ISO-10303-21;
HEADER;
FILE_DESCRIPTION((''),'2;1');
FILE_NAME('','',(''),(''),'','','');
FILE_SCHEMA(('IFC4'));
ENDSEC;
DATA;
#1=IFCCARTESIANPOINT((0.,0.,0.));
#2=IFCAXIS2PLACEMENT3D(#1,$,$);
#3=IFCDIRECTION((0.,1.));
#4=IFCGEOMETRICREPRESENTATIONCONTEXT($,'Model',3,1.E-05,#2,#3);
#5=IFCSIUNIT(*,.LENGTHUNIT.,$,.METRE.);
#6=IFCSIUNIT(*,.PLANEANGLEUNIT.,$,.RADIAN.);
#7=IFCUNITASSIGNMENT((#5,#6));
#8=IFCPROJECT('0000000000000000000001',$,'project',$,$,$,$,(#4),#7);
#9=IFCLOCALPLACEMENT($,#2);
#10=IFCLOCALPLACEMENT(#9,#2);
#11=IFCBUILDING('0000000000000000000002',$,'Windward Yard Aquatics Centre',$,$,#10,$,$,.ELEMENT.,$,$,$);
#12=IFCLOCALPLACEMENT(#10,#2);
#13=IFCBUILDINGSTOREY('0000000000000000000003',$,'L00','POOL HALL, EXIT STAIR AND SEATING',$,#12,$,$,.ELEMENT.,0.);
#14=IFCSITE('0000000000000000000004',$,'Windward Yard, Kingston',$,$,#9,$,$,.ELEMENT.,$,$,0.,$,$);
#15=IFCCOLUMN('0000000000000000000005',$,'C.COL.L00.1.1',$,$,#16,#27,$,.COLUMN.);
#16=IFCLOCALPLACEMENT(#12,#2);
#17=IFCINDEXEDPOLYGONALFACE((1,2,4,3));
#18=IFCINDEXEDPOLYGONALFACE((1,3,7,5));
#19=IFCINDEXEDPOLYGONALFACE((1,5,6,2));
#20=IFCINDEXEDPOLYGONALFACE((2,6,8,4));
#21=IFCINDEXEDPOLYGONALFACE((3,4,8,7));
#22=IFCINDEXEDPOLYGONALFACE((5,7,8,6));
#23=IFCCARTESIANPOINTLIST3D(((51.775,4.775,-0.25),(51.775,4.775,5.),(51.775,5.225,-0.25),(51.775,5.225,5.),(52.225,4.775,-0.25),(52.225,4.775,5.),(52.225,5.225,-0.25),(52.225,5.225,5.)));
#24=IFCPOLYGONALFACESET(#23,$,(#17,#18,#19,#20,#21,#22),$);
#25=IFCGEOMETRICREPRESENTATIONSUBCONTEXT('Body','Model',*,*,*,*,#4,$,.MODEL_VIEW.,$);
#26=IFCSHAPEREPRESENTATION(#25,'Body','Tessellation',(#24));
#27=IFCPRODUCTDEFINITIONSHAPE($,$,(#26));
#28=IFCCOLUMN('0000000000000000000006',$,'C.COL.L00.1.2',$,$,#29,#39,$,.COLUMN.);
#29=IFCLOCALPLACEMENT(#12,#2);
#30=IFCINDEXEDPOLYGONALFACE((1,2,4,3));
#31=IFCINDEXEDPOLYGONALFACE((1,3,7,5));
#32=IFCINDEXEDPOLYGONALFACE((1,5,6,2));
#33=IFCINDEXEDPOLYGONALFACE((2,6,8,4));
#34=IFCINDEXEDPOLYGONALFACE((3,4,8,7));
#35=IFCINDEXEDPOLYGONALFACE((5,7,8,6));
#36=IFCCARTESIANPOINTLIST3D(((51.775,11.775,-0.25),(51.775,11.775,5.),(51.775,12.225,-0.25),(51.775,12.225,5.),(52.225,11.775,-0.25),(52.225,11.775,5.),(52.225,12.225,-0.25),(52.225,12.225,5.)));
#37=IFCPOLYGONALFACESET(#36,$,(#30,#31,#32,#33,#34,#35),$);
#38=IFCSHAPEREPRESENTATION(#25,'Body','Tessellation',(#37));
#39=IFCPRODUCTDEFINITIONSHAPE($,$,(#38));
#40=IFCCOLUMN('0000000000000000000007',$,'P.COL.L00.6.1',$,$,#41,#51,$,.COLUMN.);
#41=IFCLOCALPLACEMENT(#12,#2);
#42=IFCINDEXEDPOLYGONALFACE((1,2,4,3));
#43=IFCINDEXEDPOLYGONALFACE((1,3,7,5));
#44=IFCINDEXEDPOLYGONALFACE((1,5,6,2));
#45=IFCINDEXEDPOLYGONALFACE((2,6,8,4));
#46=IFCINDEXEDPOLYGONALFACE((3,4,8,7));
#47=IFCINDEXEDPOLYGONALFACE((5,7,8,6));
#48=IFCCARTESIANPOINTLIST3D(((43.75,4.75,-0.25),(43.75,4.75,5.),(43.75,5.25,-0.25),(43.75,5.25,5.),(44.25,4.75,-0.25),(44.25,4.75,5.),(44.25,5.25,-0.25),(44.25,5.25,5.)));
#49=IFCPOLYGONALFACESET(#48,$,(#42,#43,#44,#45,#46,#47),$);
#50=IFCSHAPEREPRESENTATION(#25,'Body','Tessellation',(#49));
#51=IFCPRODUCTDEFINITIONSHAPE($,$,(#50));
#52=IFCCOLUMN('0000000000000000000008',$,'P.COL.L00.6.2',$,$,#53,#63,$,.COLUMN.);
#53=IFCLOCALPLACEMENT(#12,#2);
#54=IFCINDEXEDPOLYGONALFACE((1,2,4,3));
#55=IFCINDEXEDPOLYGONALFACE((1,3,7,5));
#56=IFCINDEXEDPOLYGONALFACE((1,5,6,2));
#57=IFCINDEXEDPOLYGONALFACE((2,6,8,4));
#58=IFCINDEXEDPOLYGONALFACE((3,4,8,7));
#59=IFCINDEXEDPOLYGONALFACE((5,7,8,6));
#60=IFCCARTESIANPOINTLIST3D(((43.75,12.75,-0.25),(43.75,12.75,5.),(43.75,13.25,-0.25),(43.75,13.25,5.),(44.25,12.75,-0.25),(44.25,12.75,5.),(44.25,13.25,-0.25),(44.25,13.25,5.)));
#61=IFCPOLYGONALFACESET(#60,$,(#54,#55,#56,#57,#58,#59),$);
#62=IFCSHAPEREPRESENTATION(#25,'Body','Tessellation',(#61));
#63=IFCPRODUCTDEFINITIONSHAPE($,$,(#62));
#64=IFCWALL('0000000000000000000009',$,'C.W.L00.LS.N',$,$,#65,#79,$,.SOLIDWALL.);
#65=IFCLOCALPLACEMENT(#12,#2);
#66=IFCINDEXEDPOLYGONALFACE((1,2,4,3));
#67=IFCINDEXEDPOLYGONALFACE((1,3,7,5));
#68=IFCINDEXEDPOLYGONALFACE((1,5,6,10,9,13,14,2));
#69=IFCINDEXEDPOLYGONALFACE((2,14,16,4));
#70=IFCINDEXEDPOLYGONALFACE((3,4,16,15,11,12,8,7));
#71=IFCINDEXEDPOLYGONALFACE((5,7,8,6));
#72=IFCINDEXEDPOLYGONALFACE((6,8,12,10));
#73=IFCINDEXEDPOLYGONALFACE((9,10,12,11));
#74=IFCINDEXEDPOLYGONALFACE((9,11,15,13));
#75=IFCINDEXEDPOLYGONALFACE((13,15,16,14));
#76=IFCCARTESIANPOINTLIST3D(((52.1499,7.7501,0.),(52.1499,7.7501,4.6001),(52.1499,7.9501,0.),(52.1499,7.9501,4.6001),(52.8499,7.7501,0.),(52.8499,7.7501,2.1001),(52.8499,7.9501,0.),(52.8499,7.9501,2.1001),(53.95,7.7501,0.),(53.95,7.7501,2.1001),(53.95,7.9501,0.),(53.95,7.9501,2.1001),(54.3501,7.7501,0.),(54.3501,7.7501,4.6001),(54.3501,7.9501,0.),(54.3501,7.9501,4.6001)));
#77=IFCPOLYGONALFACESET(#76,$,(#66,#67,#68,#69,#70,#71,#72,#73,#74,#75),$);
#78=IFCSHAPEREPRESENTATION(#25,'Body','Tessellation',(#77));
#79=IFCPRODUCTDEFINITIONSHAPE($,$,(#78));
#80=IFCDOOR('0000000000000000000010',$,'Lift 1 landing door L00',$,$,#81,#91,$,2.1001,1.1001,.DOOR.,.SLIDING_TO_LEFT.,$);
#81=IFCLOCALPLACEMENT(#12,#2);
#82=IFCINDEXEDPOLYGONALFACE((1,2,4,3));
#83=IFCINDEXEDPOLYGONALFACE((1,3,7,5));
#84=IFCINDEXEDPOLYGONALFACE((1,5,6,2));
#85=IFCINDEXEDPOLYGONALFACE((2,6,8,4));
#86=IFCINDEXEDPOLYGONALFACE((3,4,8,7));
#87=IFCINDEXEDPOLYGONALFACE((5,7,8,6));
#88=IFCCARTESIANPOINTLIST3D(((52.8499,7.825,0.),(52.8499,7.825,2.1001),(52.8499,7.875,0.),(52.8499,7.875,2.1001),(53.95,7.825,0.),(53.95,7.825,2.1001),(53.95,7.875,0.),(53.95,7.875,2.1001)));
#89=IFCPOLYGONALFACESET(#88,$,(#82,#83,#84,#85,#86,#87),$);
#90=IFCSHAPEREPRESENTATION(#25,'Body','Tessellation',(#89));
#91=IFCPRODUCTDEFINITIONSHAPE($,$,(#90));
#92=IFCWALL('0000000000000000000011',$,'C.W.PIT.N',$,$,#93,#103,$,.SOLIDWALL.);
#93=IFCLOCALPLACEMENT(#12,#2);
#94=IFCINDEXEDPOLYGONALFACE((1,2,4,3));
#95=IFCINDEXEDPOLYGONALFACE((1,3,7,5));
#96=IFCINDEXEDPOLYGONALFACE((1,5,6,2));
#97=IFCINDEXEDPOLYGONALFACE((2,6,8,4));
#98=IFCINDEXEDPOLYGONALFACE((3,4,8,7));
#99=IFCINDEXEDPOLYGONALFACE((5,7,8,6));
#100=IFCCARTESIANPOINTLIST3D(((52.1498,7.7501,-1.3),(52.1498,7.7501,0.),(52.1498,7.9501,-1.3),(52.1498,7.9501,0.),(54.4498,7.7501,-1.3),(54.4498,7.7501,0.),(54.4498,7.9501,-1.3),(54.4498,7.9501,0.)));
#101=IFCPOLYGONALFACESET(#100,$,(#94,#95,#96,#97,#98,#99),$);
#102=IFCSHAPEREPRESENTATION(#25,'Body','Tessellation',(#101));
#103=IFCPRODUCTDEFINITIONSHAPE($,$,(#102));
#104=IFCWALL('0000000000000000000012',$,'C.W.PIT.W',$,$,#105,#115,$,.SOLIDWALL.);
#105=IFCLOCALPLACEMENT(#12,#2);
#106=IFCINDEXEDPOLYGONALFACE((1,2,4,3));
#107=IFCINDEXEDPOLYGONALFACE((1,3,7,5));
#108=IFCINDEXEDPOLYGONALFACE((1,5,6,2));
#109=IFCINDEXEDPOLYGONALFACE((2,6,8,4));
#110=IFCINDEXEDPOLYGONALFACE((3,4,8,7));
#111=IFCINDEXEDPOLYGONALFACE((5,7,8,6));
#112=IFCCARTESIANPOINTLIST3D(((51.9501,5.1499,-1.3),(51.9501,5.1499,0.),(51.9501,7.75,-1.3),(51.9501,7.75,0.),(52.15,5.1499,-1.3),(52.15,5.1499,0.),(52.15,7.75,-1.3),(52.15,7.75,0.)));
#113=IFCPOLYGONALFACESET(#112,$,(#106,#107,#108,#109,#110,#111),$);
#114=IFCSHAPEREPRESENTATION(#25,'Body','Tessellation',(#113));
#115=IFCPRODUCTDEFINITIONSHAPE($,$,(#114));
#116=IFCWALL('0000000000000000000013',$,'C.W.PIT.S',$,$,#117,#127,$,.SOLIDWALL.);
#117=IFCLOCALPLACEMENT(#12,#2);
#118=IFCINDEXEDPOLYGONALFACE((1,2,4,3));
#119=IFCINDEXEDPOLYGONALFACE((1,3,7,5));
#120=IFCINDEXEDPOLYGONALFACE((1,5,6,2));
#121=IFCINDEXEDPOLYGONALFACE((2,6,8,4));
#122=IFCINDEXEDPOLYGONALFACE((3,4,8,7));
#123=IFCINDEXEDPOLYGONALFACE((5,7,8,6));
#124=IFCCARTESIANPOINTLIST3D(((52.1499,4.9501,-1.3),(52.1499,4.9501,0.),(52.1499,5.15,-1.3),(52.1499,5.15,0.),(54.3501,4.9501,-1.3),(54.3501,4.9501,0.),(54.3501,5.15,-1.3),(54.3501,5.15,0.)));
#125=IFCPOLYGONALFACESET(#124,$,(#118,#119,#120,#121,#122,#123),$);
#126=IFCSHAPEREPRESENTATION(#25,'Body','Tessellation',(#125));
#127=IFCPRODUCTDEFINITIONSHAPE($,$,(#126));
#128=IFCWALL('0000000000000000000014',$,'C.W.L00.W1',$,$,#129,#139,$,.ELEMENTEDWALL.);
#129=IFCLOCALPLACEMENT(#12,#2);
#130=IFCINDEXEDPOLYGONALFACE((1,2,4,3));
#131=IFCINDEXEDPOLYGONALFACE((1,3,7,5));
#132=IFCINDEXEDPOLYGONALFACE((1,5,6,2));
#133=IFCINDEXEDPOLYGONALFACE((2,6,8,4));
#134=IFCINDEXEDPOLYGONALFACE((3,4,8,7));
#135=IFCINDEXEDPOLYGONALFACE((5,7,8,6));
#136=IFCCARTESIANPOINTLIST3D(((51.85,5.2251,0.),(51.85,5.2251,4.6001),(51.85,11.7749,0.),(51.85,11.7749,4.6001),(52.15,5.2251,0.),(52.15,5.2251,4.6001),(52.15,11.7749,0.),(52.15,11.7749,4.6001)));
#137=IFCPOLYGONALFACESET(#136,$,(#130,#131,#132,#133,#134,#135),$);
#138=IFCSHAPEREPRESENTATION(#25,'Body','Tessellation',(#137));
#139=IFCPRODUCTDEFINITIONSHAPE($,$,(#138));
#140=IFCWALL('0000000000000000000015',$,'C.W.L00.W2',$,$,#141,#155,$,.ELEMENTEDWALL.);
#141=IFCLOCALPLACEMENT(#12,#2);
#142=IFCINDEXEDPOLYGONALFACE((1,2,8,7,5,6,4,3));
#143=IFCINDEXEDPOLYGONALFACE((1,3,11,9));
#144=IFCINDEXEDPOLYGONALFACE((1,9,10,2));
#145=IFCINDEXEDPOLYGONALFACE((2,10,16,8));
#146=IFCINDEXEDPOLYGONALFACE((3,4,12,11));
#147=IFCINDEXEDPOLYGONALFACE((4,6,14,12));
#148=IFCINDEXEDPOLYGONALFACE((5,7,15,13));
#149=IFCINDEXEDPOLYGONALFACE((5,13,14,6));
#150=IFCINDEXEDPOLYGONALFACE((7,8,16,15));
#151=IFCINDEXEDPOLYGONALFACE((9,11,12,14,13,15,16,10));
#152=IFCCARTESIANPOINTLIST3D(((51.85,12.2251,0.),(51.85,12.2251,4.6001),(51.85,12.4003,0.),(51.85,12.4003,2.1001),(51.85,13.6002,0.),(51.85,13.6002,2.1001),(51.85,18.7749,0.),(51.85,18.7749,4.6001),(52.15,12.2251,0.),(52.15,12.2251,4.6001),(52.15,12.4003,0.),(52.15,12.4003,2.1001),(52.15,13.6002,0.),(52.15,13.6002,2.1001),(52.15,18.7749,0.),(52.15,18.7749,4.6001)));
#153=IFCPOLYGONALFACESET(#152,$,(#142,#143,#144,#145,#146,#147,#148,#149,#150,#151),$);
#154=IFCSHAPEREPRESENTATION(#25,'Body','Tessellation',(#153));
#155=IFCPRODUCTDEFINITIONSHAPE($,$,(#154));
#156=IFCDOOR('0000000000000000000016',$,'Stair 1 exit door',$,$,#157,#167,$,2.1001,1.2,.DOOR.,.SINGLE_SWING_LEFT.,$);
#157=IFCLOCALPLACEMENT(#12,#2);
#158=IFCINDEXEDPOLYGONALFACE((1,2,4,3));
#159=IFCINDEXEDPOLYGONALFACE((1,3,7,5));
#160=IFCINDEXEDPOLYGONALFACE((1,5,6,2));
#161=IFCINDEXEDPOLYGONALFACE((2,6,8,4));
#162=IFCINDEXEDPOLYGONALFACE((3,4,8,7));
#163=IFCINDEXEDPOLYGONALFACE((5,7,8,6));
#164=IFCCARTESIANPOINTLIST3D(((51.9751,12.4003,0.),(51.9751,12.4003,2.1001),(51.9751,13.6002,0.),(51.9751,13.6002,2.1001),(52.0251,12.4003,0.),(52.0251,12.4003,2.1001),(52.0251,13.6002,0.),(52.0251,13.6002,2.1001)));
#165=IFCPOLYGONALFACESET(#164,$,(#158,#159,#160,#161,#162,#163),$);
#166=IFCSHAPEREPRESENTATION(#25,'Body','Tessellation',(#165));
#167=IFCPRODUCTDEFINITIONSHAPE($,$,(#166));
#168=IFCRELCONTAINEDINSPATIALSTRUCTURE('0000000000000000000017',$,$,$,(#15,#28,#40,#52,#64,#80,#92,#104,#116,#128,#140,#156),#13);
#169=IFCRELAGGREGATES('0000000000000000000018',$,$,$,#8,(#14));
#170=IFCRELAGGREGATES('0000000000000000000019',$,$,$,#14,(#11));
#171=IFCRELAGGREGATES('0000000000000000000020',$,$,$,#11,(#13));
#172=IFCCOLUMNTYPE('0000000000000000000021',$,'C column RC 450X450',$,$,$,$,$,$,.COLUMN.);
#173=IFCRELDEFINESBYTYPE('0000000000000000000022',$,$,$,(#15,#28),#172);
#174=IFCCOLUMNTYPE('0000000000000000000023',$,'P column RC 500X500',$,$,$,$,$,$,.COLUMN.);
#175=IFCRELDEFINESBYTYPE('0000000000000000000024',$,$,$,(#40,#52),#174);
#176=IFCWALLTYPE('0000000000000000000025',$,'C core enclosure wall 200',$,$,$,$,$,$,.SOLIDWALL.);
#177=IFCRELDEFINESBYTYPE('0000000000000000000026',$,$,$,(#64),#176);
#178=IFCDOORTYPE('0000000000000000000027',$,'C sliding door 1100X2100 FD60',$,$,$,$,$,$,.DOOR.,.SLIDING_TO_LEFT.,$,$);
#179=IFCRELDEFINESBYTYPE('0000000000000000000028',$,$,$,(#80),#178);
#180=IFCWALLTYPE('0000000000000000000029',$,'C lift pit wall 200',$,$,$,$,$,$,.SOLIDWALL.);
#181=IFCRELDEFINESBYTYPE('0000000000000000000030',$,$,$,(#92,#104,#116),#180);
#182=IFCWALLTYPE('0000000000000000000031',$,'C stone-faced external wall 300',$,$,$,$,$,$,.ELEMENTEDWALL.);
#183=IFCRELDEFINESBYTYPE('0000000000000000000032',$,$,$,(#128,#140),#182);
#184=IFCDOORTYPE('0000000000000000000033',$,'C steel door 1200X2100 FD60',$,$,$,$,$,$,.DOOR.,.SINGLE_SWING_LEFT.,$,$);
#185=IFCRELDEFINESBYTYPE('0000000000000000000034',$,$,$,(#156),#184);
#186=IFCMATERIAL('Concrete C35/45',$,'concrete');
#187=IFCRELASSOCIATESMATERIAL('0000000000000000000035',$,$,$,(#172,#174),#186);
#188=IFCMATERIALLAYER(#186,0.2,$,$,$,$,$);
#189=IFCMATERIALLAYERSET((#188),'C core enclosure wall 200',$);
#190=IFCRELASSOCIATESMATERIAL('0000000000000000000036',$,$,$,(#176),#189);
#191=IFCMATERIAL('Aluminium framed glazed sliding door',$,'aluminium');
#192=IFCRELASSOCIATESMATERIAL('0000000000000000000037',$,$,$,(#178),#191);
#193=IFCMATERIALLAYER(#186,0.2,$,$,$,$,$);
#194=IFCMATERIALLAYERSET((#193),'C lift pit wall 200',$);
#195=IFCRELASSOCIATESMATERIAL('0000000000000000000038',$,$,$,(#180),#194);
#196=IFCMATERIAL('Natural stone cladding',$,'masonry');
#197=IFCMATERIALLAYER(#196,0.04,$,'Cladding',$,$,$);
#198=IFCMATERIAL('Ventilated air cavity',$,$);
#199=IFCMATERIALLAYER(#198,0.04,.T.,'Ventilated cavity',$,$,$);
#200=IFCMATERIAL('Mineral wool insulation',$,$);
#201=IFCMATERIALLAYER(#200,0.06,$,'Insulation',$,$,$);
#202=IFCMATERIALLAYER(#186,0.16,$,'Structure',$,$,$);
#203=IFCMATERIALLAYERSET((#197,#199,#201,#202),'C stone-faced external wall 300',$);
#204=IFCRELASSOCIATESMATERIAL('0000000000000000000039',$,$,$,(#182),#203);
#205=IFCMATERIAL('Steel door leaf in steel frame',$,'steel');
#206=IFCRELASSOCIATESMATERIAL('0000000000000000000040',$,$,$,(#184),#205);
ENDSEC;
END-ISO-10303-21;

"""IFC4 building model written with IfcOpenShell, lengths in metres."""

from ifc_helpers import new_model, si_unit, direction, frame, frame_2d, origin, origin_2d, place, context, subcontext, project, spatial, rectangle, extrude, material, layer, layer_set, material_profile, profile_set, type_object, element, fill, save


model = new_model("IFC4")

# Units and contexts
model_context = context("Model", 3, precision=1e-05, world=origin(), true_north=direction((0.0, 1.0)))
body_context = subcontext(model_context, "Body", "Model", "MODEL_VIEW")
ifc_project = project(units=[si_unit("LENGTHUNIT", "METRE"), si_unit("PLANEANGLEUNIT", "RADIAN")], contexts=[model_context])

# Site, building, storey
site_placement = place(None, origin())
site = spatial("IfcSite", under=ifc_project, at=site_placement, Name="Windward Yard, Kingston", CompositionType="ELEMENT", RefElevation=0.0)
building_placement = place(site_placement, origin())
building = spatial("IfcBuilding", under=site, at=building_placement, Name="Windward Yard Aquatics Centre", CompositionType="ELEMENT")
storey_placement = place(building_placement, origin())
storey = spatial("IfcBuildingStorey", under=building, at=storey_placement, Name="L00", Description="POOL HALL, EXIT STAIR AND SEATING", CompositionType="ELEMENT", Elevation=0.0)

# Shared definitions
ifc_material_1 = material(Name="Concrete C35/45", Category="concrete")

# Columns
ifc_material_profile_1 = material_profile(ifc_material_1, rectangle(XDim=0.45, YDim=0.45, at=origin_2d()), Name="RC 450X450")
ifc_profile_set_1 = profile_set([ifc_material_profile_1], Name="Concrete C35/45")
column_type_1 = type_object("IfcColumnType", Name="C column RC 450X450", PredefinedType="COLUMN", material=ifc_profile_set_1)
for number, where, z_axis, x_axis, name in (
    (1, (52.0, 5.0, -0.25), (0.0, 0.0, 1.0), (1.0, 0.0, 0.0), "C.COL.L00.1.1"),
    (2, (52.0, 12.0, -0.25), (0.0, 0.0, 1.0), (1.0, 0.0, 0.0), "C.COL.L00.1.2"),
):
    element("IfcColumn", number, at=place(storey_placement, frame(where, z_axis=z_axis, x_axis=x_axis)), inside=storey, type_object=column_type_1, Name=name, PredefinedType="COLUMN", context=body_context, shape_type="SweptSolid", body=[
        extrude(rectangle(XDim=0.45, YDim=0.45, at=origin_2d()), origin(), (0.0, 0.0, 1.0), 5.25),
    ])
ifc_material_profile_2 = material_profile(ifc_material_1, rectangle(XDim=0.5, YDim=0.5, at=origin_2d()), Name="RC 500X500")
ifc_profile_set_2 = profile_set([ifc_material_profile_2], Name="Concrete C35/45")
column_type_2 = type_object("IfcColumnType", Name="P column RC 500X500", PredefinedType="COLUMN", material=ifc_profile_set_2)
for number, where, z_axis, x_axis, name in (
    (3, (44.0, 5.0, -0.25), (0.0, 0.0, 1.0), (1.0, 0.0, 0.0), "P.COL.L00.6.1"),
    (4, (44.0, 13.0, -0.25), (0.0, 0.0, 1.0), (1.0, 0.0, 0.0), "P.COL.L00.6.2"),
):
    element("IfcColumn", number, at=place(storey_placement, frame(where, z_axis=z_axis, x_axis=x_axis)), inside=storey, type_object=column_type_2, Name=name, PredefinedType="COLUMN", context=body_context, shape_type="SweptSolid", body=[
        extrude(rectangle(XDim=0.5, YDim=0.5, at=origin_2d()), origin(), (0.0, 0.0, 1.0), 5.25),
    ])

# Wall, opening, door
ifc_layer_1 = layer(ifc_material_1, 0.2)
ifc_layer_set_1 = layer_set([ifc_layer_1], Name="C core enclosure wall 200")
wall_type_1 = type_object("IfcWallType", Name="C core enclosure wall 200", PredefinedType="SOLIDWALL", material=ifc_layer_set_1)
wall_1_placement = place(storey_placement, frame((52.1499, 7.8501, 0.0), z_axis=(0.0, 0.0, 1.0), x_axis=(1.0, 0.0, 0.0)))
wall_1 = element("IfcWall", 5, at=wall_1_placement, inside=storey, type_object=wall_type_1, Name="C.W.L00.LS.N", PredefinedType="SOLIDWALL", context=body_context, shape_type="SweptSolid", body=[
    extrude(rectangle(XDim=2.2002, YDim=0.2, at=frame_2d((1.1001, 0.0))), origin(), (0.0, 0.0, 1.0), 4.6001),
])
opening_1_placement = place(wall_1_placement, frame((0.7, 0.0, 0.0)))
opening_1 = element("IfcOpeningElement", 6, at=opening_1_placement, cuts=wall_1, PredefinedType="OPENING", context=body_context, shape_type="SweptSolid", body=[
    extrude(rectangle(XDim=1.1001, YDim=2.1001, at=frame_2d((0.55, 1.05))), frame((0.0, 0.1099, 0.0), z_axis=(0.0, -1.0, 0.0), x_axis=(1.0, 0.0, 0.0)), (0.0, 0.0, 1.0), 0.22),
])
ifc_material_2 = material(Name="Aluminium framed glazed sliding door", Category="aluminium")
door_type_1 = type_object("IfcDoorType", Name="C sliding door 1100X2100 FD60", OperationType="SLIDING_TO_LEFT", PredefinedType="DOOR", material=ifc_material_2)
door_1_placement = place(opening_1_placement, origin())
door_1 = element("IfcDoor", 7, at=door_1_placement, inside=storey, type_object=door_type_1, Name="Lift 1 landing door L00", OperationType="SLIDING_TO_LEFT", OverallHeight=2.1001, OverallWidth=1.1001, PredefinedType="DOOR", context=body_context, shape_type="SweptSolid", body=[
    extrude(rectangle(XDim=1.1001, YDim=2.1001, at=frame_2d((0.55, 1.05))), frame((0.0, 0.0249, 0.0), z_axis=(0.0, -1.0, 0.0), x_axis=(1.0, 0.0, 0.0)), (0.0, 0.0, 1.0), 0.05),
])
fill(opening_1, door_1)

# Walls
ifc_layer_2 = layer(ifc_material_1, 0.2)
ifc_layer_set_2 = layer_set([ifc_layer_2], Name="C lift pit wall 200")
wall_type_2 = type_object("IfcWallType", Name="C lift pit wall 200", PredefinedType="SOLIDWALL", material=ifc_layer_set_2)
wall_2_placement = place(storey_placement, frame((52.1499, 7.8501, -1.3), z_axis=(0.0, 0.0, 1.0), x_axis=(1.0, 0.0, 0.0)))
element("IfcWall", 8, at=wall_2_placement, inside=storey, type_object=wall_type_2, Name="C.W.PIT.N", PredefinedType="SOLIDWALL", context=body_context, shape_type="SweptSolid", body=[
    extrude(rectangle(XDim=2.3, YDim=0.2, at=frame_2d((1.1499, 0.0))), origin(), (0.0, 0.0, 1.0), 1.3),
])
wall_3_placement = place(storey_placement, frame((52.05, 5.1499, -1.3), z_axis=(0.0, 0.0, 1.0), x_axis=(0.0, 1.0, 0.0)))
element("IfcWall", 9, at=wall_3_placement, inside=storey, type_object=wall_type_2, Name="C.W.PIT.W", PredefinedType="SOLIDWALL", context=body_context, shape_type="SweptSolid", body=[
    extrude(rectangle(XDim=2.6001, YDim=0.2, at=frame_2d((1.3, 0.0))), origin(), (0.0, 0.0, 1.0), 1.3),
])
wall_4_placement = place(storey_placement, frame((52.1499, 5.05, -1.3), z_axis=(0.0, 0.0, 1.0), x_axis=(1.0, 0.0, 0.0)))
element("IfcWall", 10, at=wall_4_placement, inside=storey, type_object=wall_type_2, Name="C.W.PIT.S", PredefinedType="SOLIDWALL", context=body_context, shape_type="SweptSolid", body=[
    extrude(rectangle(XDim=2.2002, YDim=0.2, at=frame_2d((1.1001, 0.0))), origin(), (0.0, 0.0, 1.0), 1.3),
])
ifc_material_3 = material(Name="Natural stone cladding", Category="masonry")
ifc_layer_3 = layer(ifc_material_3, 0.04, Name="Cladding")
ifc_material_4 = material(Name="Ventilated air cavity")
ifc_layer_4 = layer(ifc_material_4, 0.04, ventilated=True, Name="Ventilated cavity")
ifc_material_5 = material(Name="Mineral wool insulation")
ifc_layer_5 = layer(ifc_material_5, 0.06, Name="Insulation")
ifc_layer_6 = layer(ifc_material_1, 0.16, Name="Structure")
ifc_layer_set_3 = layer_set([ifc_layer_3, ifc_layer_4, ifc_layer_5, ifc_layer_6], Name="C stone-faced external wall 300")
wall_type_3 = type_object("IfcWallType", Name="C stone-faced external wall 300", PredefinedType="ELEMENTEDWALL", material=ifc_layer_set_3)
wall_5_placement = place(storey_placement, frame((52.0, 5.2251, 0.0), z_axis=(0.0, 0.0, 1.0), x_axis=(0.0, 1.0, 0.0)))
element("IfcWall", 11, at=wall_5_placement, inside=storey, type_object=wall_type_3, Name="C.W.L00.W1", PredefinedType="ELEMENTEDWALL", context=body_context, shape_type="SweptSolid", body=[
    extrude(rectangle(XDim=6.5498, YDim=0.3, at=frame_2d((3.2749, 0.0))), origin(), (0.0, 0.0, 1.0), 4.6001),
])

# Wall, opening, door
wall_6_placement = place(storey_placement, frame((52.0, 12.2251, 0.0), z_axis=(0.0, 0.0, 1.0), x_axis=(0.0, 1.0, 0.0)))
wall_6 = element("IfcWall", 12, at=wall_6_placement, inside=storey, type_object=wall_type_3, Name="C.W.L00.W2", PredefinedType="ELEMENTEDWALL", context=body_context, shape_type="SweptSolid", body=[
    extrude(rectangle(XDim=6.5498, YDim=0.3, at=frame_2d((3.2749, 0.0))), origin(), (0.0, 0.0, 1.0), 4.6001),
])
opening_2_placement = place(wall_6_placement, frame((0.175, 0.0, 0.0)))
opening_2 = element("IfcOpeningElement", 13, at=opening_2_placement, cuts=wall_6, PredefinedType="OPENING", context=body_context, shape_type="SweptSolid", body=[
    extrude(rectangle(XDim=1.2, YDim=2.1001, at=frame_2d((0.6001, 1.05))), frame((0.0, 0.1602, 0.0), z_axis=(0.0, -1.0, 0.0), x_axis=(1.0, 0.0, 0.0)), (0.0, 0.0, 1.0), 0.3201),
])
ifc_material_6 = material(Name="Steel door leaf in steel frame", Category="steel")
door_type_2 = type_object("IfcDoorType", Name="C steel door 1200X2100 FD60", OperationType="SINGLE_SWING_LEFT", PredefinedType="DOOR", material=ifc_material_6)
door_2_placement = place(opening_2_placement, origin())
door_2 = element("IfcDoor", 14, at=door_2_placement, inside=storey, type_object=door_type_2, Name="Stair 1 exit door", OperationType="SINGLE_SWING_LEFT", OverallHeight=2.1001, OverallWidth=1.2, PredefinedType="DOOR", context=body_context, shape_type="SweptSolid", body=[
    extrude(rectangle(XDim=1.2, YDim=2.1001, at=frame_2d((0.6001, 1.05))), frame((0.0, 0.0249, 0.0), z_axis=(0.0, -1.0, 0.0), x_axis=(1.0, 0.0, 0.0)), (0.0, 0.0, 1.0), 0.05),
])
fill(opening_2, door_2)

save(model, "model.ifc")
